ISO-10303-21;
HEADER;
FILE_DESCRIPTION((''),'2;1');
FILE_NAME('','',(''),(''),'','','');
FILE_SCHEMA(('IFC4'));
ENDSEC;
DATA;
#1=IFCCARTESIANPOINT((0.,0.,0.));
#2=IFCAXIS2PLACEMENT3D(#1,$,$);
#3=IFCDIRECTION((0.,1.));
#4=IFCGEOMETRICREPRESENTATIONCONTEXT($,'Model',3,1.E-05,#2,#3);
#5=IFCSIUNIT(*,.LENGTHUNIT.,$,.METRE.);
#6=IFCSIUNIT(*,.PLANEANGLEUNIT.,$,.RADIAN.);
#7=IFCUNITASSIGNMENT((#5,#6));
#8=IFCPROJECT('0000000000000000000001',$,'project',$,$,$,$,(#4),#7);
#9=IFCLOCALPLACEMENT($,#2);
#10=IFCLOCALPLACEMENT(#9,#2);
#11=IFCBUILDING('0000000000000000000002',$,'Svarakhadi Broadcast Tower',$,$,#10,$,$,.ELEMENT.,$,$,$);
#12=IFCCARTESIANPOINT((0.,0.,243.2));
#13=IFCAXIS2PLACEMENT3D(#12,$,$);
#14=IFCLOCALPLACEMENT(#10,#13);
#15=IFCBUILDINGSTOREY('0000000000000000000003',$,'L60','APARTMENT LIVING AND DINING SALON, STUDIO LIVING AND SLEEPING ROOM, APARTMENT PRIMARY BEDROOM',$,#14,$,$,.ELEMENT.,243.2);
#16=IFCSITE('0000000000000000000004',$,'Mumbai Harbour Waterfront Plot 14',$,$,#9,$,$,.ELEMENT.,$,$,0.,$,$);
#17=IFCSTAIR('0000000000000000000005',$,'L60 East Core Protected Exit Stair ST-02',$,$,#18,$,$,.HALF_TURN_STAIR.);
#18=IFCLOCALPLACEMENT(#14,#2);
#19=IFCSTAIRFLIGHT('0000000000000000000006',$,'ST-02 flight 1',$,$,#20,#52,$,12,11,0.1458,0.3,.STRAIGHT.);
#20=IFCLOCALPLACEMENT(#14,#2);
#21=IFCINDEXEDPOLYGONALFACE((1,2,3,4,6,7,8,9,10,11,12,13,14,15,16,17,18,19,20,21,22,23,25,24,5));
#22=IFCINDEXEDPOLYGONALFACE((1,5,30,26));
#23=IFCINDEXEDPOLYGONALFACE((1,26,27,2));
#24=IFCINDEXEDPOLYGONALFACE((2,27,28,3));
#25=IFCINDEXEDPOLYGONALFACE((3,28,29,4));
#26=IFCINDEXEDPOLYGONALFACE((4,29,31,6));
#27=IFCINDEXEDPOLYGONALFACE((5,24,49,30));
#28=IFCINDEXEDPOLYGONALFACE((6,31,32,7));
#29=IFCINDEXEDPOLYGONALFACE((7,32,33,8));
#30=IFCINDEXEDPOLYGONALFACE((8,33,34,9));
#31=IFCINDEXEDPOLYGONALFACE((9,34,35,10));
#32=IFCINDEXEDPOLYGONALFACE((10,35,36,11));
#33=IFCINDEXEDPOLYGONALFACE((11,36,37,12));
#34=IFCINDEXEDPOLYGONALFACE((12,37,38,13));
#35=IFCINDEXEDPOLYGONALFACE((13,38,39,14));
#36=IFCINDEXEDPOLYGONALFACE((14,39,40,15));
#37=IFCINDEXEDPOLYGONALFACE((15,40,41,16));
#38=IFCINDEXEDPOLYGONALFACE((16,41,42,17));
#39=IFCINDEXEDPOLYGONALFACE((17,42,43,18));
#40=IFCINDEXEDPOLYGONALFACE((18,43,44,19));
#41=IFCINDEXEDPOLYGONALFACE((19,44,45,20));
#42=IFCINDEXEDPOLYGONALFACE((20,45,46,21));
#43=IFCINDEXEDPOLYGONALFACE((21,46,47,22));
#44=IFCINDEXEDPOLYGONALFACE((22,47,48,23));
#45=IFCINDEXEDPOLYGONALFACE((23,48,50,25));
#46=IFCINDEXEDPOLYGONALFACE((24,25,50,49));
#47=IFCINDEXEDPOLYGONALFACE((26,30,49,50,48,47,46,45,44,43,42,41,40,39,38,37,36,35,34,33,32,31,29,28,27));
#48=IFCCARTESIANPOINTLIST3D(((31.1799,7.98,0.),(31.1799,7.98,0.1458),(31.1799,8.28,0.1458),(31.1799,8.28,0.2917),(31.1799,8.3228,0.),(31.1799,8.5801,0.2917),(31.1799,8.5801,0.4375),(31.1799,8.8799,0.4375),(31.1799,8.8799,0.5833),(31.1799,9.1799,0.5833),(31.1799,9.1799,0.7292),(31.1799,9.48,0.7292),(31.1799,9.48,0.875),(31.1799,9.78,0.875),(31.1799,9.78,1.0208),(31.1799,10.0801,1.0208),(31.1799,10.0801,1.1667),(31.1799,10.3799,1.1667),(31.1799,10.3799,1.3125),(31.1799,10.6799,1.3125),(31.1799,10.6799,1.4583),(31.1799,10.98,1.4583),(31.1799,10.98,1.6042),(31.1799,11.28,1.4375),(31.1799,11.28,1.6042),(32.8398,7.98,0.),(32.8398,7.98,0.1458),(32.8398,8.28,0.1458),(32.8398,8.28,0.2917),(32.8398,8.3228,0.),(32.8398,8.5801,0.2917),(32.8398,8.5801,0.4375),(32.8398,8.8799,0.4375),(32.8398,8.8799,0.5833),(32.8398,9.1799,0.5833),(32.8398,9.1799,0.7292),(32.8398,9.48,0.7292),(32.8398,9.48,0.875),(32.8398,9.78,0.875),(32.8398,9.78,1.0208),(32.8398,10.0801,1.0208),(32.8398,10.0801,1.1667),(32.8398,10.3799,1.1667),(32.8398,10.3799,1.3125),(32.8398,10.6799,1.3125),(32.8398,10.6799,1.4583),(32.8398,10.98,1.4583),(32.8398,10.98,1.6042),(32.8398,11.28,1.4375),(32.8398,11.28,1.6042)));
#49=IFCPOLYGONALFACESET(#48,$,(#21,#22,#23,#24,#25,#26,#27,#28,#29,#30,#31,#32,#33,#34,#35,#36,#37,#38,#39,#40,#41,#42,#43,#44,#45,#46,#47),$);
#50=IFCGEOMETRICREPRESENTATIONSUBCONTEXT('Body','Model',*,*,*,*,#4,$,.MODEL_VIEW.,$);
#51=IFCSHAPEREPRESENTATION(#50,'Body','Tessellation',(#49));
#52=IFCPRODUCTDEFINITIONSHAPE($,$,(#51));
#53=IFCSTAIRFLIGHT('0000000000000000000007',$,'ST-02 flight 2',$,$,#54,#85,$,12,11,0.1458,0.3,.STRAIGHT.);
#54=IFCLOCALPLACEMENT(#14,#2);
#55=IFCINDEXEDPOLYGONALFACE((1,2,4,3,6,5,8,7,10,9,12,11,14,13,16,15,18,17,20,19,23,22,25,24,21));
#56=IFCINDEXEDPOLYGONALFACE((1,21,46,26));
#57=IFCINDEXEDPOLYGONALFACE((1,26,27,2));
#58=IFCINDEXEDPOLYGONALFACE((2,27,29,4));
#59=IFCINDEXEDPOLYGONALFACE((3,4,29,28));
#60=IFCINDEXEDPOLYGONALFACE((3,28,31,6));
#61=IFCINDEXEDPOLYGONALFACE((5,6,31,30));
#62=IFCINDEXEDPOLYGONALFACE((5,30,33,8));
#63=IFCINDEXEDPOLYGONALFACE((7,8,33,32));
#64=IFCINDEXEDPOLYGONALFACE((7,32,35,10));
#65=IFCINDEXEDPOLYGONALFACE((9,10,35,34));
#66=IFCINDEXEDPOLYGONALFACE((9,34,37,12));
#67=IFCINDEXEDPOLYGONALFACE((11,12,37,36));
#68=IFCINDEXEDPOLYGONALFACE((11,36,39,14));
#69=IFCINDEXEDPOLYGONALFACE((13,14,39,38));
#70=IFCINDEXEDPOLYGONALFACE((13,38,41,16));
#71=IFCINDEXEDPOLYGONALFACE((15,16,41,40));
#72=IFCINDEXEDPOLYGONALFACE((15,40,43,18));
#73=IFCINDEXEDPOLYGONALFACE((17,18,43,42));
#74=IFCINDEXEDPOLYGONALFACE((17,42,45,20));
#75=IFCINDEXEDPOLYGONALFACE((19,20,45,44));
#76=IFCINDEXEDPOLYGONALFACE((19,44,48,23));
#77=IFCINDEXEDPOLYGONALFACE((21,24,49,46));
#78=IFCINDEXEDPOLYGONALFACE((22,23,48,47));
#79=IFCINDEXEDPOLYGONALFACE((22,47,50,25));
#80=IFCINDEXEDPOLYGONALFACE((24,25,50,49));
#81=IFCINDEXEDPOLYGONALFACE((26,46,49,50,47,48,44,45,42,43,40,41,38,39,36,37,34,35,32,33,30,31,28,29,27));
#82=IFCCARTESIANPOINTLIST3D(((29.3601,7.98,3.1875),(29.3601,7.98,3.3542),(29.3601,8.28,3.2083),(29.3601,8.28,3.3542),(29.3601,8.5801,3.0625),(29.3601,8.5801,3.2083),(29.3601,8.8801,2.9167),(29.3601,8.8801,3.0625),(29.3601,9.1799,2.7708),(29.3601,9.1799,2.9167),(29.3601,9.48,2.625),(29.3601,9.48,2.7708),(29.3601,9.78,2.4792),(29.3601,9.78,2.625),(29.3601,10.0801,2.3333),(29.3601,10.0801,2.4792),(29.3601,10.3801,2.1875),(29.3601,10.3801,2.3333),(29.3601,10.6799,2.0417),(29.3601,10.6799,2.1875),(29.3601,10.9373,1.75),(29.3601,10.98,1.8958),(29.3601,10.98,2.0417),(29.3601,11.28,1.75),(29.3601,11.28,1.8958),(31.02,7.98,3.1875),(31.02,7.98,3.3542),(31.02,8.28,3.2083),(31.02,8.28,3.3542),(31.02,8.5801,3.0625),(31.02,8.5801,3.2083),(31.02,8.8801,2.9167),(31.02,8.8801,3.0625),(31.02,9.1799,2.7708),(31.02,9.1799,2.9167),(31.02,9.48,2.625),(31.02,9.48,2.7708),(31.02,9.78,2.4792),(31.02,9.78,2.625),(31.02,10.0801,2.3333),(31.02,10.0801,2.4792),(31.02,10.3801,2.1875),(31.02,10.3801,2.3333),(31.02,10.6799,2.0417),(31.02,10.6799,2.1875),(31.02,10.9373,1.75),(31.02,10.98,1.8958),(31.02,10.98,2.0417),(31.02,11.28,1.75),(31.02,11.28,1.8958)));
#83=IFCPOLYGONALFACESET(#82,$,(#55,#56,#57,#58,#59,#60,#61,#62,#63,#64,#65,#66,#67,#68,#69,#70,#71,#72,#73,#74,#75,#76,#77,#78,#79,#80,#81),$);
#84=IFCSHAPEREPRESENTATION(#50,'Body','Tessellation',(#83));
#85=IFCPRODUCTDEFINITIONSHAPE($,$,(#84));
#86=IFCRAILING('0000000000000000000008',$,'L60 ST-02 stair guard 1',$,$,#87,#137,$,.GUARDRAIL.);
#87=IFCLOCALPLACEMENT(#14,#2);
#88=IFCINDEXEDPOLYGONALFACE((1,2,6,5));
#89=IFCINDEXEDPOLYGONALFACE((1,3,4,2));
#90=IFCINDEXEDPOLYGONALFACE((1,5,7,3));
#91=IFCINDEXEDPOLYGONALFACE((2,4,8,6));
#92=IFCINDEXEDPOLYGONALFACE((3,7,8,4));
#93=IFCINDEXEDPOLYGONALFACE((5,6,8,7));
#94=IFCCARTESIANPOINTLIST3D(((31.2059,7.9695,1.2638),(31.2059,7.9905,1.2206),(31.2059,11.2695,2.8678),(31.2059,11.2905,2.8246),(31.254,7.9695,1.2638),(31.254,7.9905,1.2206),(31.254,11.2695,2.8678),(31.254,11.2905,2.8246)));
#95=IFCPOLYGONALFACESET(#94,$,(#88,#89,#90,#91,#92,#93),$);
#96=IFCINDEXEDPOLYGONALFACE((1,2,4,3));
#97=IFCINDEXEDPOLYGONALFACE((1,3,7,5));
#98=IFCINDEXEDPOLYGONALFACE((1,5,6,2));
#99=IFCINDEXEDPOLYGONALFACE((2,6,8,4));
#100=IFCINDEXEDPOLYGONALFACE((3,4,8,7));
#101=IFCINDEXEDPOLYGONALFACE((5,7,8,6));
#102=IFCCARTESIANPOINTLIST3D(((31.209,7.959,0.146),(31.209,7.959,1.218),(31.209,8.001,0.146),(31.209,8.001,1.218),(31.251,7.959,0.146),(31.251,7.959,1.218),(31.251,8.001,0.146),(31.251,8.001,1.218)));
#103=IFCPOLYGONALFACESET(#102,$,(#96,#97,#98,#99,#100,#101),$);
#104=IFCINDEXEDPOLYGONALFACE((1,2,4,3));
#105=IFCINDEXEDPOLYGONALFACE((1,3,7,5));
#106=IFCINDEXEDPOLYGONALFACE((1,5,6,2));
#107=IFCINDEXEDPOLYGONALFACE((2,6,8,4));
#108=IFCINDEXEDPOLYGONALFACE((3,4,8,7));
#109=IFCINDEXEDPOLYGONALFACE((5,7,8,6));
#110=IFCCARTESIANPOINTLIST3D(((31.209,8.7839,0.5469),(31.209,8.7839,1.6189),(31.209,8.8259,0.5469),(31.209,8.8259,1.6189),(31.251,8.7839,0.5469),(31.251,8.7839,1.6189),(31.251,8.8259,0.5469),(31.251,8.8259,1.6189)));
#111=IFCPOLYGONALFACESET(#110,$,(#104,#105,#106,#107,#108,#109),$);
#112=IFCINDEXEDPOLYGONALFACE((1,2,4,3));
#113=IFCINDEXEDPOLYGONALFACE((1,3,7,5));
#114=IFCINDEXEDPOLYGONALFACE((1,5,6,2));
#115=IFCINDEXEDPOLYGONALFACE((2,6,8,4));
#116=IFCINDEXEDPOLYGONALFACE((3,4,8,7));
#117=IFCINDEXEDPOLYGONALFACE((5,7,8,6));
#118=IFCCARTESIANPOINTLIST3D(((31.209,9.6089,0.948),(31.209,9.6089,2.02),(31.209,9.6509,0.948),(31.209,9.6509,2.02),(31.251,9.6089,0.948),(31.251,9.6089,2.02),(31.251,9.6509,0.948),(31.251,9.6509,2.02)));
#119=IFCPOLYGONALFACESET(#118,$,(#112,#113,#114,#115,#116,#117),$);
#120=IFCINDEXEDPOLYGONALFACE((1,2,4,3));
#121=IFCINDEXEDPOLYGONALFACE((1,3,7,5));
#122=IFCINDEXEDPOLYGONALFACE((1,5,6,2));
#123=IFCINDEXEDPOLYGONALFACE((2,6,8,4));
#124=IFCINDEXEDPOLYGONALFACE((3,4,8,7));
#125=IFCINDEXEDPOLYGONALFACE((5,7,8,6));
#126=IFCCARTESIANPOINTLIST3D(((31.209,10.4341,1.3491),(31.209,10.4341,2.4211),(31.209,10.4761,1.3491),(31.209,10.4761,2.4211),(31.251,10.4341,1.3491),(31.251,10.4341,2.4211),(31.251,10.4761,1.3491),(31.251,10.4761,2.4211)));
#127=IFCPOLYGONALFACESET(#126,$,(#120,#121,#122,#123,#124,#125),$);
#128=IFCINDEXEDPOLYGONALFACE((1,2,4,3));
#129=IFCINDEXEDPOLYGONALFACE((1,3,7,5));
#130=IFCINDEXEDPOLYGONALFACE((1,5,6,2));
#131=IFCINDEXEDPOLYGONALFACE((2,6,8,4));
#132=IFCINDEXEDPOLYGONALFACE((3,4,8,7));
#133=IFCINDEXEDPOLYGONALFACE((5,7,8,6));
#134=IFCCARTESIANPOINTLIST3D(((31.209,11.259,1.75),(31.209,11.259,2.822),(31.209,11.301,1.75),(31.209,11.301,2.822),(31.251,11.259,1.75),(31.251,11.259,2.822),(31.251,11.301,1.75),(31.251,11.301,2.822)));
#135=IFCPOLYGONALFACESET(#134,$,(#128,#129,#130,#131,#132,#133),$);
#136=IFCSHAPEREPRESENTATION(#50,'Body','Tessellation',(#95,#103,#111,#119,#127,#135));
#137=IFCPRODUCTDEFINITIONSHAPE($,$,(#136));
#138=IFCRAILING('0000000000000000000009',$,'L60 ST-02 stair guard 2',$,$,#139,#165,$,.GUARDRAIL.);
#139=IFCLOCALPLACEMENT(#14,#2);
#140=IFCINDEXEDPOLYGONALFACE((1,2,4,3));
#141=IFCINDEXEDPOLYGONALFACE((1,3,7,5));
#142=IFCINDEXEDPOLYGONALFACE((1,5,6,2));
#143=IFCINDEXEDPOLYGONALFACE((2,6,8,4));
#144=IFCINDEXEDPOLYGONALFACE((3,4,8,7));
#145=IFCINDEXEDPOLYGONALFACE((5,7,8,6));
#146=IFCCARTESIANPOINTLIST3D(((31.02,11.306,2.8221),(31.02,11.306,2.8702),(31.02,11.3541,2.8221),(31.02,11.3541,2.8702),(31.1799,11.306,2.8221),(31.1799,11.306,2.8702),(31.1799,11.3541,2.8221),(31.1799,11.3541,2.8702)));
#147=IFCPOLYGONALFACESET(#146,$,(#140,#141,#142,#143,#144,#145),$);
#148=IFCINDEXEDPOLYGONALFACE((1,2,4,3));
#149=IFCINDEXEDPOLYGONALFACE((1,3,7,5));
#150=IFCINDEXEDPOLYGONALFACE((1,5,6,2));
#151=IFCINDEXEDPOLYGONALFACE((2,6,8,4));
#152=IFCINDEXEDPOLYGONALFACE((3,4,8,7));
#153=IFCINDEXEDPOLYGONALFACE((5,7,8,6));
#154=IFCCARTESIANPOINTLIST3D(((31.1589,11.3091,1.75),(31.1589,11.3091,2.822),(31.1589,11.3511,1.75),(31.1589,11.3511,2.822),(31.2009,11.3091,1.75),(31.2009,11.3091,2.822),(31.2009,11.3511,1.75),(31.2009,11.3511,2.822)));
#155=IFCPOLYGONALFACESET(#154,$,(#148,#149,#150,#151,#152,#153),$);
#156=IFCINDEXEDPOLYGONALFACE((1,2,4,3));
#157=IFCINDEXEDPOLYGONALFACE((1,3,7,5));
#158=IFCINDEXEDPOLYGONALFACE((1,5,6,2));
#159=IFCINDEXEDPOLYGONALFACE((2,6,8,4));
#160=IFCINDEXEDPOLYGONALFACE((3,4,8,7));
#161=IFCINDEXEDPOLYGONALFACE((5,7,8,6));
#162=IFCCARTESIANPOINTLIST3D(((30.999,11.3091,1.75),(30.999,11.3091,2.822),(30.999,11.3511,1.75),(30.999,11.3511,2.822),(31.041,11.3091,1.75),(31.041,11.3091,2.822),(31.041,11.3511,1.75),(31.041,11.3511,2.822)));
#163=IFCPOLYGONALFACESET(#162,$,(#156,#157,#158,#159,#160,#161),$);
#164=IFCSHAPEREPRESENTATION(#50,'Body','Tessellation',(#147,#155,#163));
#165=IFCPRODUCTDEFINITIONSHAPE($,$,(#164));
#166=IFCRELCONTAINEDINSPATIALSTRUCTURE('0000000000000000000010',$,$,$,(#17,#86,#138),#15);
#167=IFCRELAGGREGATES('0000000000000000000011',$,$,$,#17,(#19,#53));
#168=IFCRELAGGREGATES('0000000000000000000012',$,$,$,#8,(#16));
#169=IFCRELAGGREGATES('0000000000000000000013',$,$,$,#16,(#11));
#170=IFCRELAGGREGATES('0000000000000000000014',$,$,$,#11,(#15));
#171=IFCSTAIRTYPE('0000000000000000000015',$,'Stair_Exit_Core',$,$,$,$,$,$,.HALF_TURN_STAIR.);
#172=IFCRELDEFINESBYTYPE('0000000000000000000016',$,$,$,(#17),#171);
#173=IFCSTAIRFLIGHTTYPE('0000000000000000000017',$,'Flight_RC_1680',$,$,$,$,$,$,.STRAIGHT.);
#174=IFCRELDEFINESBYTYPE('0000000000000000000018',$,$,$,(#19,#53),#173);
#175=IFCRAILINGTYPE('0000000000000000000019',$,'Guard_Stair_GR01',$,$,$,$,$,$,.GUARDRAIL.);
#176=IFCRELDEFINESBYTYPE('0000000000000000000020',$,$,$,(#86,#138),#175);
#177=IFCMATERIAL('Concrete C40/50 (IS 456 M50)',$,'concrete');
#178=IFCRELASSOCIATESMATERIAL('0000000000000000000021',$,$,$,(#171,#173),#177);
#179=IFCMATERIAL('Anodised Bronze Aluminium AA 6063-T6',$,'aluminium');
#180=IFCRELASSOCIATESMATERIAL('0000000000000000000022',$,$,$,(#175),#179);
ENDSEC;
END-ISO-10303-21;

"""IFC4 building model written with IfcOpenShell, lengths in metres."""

from ifc_helpers import new_model, si_unit, direction, frame, origin, origin_2d, place, context, subcontext, project, spatial, polyline, rectangle, outline, extrude, material, type_object, element, aggregate, save


model = new_model("IFC4")

# Units and contexts
model_context = context("Model", 3, precision=1e-05, world=origin(), true_north=direction((0.0, 1.0)))
body_context = subcontext(model_context, "Body", "Model", "MODEL_VIEW")
ifc_project = project(units=[si_unit("LENGTHUNIT", "METRE"), si_unit("PLANEANGLEUNIT", "RADIAN")], contexts=[model_context])

# Site, building, storey
site_placement = place(None, origin())
site = spatial("IfcSite", under=ifc_project, at=site_placement, Name="Mumbai Harbour Waterfront Plot 14", CompositionType="ELEMENT", RefElevation=0.0)
building_placement = place(site_placement, origin())
building = spatial("IfcBuilding", under=site, at=building_placement, Name="Svarakhadi Broadcast Tower", CompositionType="ELEMENT")
storey_placement = place(building_placement, frame((0.0, 0.0, 243.2)))
storey = spatial("IfcBuildingStorey", under=building, at=storey_placement, Name="L60", Description="APARTMENT LIVING AND DINING SALON, STUDIO LIVING AND SLEEPING ROOM, APARTMENT PRIMARY BEDROOM", CompositionType="ELEMENT", Elevation=243.2)

# Shared definitions
ifc_material_1 = material(Name="Anodised Bronze Aluminium AA 6063-T6", Category="aluminium")

# Shared definitions
ifc_material_2 = material(Name="Concrete C40/50 (IS 456 M50)", Category="concrete")

# Stair, stair flights
stair_type = type_object("IfcStairType", Name="Stair_Exit_Core", PredefinedType="HALF_TURN_STAIR", material=ifc_material_2)
stair_placement = place(storey_placement, origin())
stair = element("IfcStair", 1, at=stair_placement, inside=storey, type_object=stair_type, Name="L60 East Core Protected Exit Stair ST-02", PredefinedType="HALF_TURN_STAIR")
stair_flight_type = type_object("IfcStairFlightType", Name="Flight_RC_1680", PredefinedType="STRAIGHT", material=ifc_material_2)
stair_flight_1_placement = place(storey_placement, frame((32.01, 7.98, 0.0), z_axis=(0.0, 0.0, 1.0), x_axis=(0.0, 1.0, 0.0)))
stair_flight_1 = element("IfcStairFlight", 2, at=stair_flight_1_placement, type_object=stair_flight_type, Name="ST-02 flight 1", NumberOfRisers=12, NumberOfTreads=11, PredefinedType="STRAIGHT", RiserHeight=0.1458, TreadLength=0.3, context=body_context, shape_type="SweptSolid", body=[
    extrude(outline(polyline([(0.0, 0.0), (0.0, 0.1458), (0.3, 0.1458), (0.3, 0.2917), (0.6001, 0.2917), (0.6001, 0.4375), (0.8999, 0.4375), (0.8999, 0.5833), (1.2, 0.5833), (1.2, 0.7292), (1.5, 0.7292), (1.5, 0.875), (1.8, 0.875), (1.8, 1.0208), (2.1001, 1.0208), (2.1001, 1.1667), (2.3999, 1.1667), (2.3999, 1.3125), (2.7, 1.3125), (2.7, 1.4583), (3.0, 1.4583), (3.0, 1.6042), (3.3, 1.6042), (3.3, 1.75), (3.3, 1.4375), (0.3428, 0.0), (0.0, 0.0)])), frame((0.0, 0.8301, 0.0), z_axis=(0.0, -1.0, 0.0), x_axis=(1.0, 0.0, 0.0)), (0.0, 0.0, 1.0), 1.6599),
])
stair_flight_2_placement = place(storey_placement, frame((30.1899, 11.28, 1.75), z_axis=(0.0, 0.0, 1.0), x_axis=(0.0, -1.0, 0.0)))
stair_flight_2 = element("IfcStairFlight", 3, at=stair_flight_2_placement, type_object=stair_flight_type, Name="ST-02 flight 2", NumberOfRisers=12, NumberOfTreads=11, PredefinedType="STRAIGHT", RiserHeight=0.1458, TreadLength=0.3, context=body_context, shape_type="SweptSolid", body=[
    extrude(outline(polyline([(0.0, 0.0), (0.0, 0.1458), (0.3, 0.1458), (0.3, 0.2917), (0.6001, 0.2917), (0.6001, 0.4375), (0.8999, 0.4375), (0.8999, 0.5833), (1.2, 0.5833), (1.2, 0.7292), (1.5, 0.7292), (1.5, 0.875), (1.8, 0.875), (1.8, 1.0208), (2.1001, 1.0208), (2.1001, 1.1667), (2.3999, 1.1667), (2.3999, 1.3125), (2.7, 1.3125), (2.7, 1.4583), (3.0, 1.4583), (3.0, 1.6042), (3.3, 1.6042), (3.3, 1.75), (3.3, 1.4375), (0.3428, 0.0), (0.0, 0.0)])), frame((0.0, 0.8301, 0.0), z_axis=(0.0, -1.0, 0.0), x_axis=(1.0, 0.0, 0.0)), (0.0, 0.0, 1.0), 1.6599),
])
aggregate(stair, [stair_flight_1, stair_flight_2])

# Railings
railing_type_1 = type_object("IfcRailingType", Name="Guard_Stair_GR01", PredefinedType="GUARDRAIL", material=ifc_material_1)
railing_1_placement = place(storey_placement, frame((31.23, 7.98, 0.146)))
element("IfcRailing", 4, at=railing_1_placement, inside=storey, type_object=railing_type_1, Name="L60 ST-02 stair guard 1", PredefinedType="GUARDRAIL", context=body_context, shape_type="SweptSolid", body=[
    extrude(rectangle(XDim=0.0481, YDim=0.0481, at=origin_2d()), frame((0.0, 0.0, 1.0962), z_axis=(0.0, 0.899388, 0.437152), x_axis=(-1.0, 0.0, 0.0)), (0.0, 0.0, 1.0), 3.6692),
    extrude(rectangle(XDim=0.042, YDim=0.042, at=origin_2d()), origin(), (0.0, 0.0, 1.0), 1.072),
    extrude(rectangle(XDim=0.042, YDim=0.042, at=origin_2d()), frame((0.0, 0.825, 0.4009)), (0.0, 0.0, 1.0), 1.072),
    extrude(rectangle(XDim=0.042, YDim=0.042, at=origin_2d()), frame((0.0, 1.6499, 0.802)), (0.0, 0.0, 1.0), 1.072),
    extrude(rectangle(XDim=0.042, YDim=0.042, at=origin_2d()), frame((0.0, 2.4751, 1.2031)), (0.0, 0.0, 1.0), 1.072),
    extrude(rectangle(XDim=0.042, YDim=0.042, at=origin_2d()), frame((0.0, 3.3, 1.604)), (0.0, 0.0, 1.0), 1.072),
])
railing_2_placement = place(storey_placement, frame((31.1799, 11.3301, 1.75)))
element("IfcRailing", 5, at=railing_2_placement, inside=storey, type_object=railing_type_1, Name="L60 ST-02 stair guard 2", PredefinedType="GUARDRAIL", context=body_context, shape_type="SweptSolid", body=[
    extrude(rectangle(XDim=0.0481, YDim=0.0481, at=origin_2d()), frame((0.0, 0.0, 1.0962), z_axis=(-1.0, 0.0, 0.0), x_axis=(0.0, -1.0, 0.0)), (0.0, 0.0, 1.0), 0.1599),
    extrude(rectangle(XDim=0.042, YDim=0.042, at=origin_2d()), origin(), (0.0, 0.0, 1.0), 1.072),
    extrude(rectangle(XDim=0.042, YDim=0.042, at=origin_2d()), frame((-0.1599, 0.0, 0.0)), (0.0, 0.0, 1.0), 1.072),
])

save(model, "model.ifc")
